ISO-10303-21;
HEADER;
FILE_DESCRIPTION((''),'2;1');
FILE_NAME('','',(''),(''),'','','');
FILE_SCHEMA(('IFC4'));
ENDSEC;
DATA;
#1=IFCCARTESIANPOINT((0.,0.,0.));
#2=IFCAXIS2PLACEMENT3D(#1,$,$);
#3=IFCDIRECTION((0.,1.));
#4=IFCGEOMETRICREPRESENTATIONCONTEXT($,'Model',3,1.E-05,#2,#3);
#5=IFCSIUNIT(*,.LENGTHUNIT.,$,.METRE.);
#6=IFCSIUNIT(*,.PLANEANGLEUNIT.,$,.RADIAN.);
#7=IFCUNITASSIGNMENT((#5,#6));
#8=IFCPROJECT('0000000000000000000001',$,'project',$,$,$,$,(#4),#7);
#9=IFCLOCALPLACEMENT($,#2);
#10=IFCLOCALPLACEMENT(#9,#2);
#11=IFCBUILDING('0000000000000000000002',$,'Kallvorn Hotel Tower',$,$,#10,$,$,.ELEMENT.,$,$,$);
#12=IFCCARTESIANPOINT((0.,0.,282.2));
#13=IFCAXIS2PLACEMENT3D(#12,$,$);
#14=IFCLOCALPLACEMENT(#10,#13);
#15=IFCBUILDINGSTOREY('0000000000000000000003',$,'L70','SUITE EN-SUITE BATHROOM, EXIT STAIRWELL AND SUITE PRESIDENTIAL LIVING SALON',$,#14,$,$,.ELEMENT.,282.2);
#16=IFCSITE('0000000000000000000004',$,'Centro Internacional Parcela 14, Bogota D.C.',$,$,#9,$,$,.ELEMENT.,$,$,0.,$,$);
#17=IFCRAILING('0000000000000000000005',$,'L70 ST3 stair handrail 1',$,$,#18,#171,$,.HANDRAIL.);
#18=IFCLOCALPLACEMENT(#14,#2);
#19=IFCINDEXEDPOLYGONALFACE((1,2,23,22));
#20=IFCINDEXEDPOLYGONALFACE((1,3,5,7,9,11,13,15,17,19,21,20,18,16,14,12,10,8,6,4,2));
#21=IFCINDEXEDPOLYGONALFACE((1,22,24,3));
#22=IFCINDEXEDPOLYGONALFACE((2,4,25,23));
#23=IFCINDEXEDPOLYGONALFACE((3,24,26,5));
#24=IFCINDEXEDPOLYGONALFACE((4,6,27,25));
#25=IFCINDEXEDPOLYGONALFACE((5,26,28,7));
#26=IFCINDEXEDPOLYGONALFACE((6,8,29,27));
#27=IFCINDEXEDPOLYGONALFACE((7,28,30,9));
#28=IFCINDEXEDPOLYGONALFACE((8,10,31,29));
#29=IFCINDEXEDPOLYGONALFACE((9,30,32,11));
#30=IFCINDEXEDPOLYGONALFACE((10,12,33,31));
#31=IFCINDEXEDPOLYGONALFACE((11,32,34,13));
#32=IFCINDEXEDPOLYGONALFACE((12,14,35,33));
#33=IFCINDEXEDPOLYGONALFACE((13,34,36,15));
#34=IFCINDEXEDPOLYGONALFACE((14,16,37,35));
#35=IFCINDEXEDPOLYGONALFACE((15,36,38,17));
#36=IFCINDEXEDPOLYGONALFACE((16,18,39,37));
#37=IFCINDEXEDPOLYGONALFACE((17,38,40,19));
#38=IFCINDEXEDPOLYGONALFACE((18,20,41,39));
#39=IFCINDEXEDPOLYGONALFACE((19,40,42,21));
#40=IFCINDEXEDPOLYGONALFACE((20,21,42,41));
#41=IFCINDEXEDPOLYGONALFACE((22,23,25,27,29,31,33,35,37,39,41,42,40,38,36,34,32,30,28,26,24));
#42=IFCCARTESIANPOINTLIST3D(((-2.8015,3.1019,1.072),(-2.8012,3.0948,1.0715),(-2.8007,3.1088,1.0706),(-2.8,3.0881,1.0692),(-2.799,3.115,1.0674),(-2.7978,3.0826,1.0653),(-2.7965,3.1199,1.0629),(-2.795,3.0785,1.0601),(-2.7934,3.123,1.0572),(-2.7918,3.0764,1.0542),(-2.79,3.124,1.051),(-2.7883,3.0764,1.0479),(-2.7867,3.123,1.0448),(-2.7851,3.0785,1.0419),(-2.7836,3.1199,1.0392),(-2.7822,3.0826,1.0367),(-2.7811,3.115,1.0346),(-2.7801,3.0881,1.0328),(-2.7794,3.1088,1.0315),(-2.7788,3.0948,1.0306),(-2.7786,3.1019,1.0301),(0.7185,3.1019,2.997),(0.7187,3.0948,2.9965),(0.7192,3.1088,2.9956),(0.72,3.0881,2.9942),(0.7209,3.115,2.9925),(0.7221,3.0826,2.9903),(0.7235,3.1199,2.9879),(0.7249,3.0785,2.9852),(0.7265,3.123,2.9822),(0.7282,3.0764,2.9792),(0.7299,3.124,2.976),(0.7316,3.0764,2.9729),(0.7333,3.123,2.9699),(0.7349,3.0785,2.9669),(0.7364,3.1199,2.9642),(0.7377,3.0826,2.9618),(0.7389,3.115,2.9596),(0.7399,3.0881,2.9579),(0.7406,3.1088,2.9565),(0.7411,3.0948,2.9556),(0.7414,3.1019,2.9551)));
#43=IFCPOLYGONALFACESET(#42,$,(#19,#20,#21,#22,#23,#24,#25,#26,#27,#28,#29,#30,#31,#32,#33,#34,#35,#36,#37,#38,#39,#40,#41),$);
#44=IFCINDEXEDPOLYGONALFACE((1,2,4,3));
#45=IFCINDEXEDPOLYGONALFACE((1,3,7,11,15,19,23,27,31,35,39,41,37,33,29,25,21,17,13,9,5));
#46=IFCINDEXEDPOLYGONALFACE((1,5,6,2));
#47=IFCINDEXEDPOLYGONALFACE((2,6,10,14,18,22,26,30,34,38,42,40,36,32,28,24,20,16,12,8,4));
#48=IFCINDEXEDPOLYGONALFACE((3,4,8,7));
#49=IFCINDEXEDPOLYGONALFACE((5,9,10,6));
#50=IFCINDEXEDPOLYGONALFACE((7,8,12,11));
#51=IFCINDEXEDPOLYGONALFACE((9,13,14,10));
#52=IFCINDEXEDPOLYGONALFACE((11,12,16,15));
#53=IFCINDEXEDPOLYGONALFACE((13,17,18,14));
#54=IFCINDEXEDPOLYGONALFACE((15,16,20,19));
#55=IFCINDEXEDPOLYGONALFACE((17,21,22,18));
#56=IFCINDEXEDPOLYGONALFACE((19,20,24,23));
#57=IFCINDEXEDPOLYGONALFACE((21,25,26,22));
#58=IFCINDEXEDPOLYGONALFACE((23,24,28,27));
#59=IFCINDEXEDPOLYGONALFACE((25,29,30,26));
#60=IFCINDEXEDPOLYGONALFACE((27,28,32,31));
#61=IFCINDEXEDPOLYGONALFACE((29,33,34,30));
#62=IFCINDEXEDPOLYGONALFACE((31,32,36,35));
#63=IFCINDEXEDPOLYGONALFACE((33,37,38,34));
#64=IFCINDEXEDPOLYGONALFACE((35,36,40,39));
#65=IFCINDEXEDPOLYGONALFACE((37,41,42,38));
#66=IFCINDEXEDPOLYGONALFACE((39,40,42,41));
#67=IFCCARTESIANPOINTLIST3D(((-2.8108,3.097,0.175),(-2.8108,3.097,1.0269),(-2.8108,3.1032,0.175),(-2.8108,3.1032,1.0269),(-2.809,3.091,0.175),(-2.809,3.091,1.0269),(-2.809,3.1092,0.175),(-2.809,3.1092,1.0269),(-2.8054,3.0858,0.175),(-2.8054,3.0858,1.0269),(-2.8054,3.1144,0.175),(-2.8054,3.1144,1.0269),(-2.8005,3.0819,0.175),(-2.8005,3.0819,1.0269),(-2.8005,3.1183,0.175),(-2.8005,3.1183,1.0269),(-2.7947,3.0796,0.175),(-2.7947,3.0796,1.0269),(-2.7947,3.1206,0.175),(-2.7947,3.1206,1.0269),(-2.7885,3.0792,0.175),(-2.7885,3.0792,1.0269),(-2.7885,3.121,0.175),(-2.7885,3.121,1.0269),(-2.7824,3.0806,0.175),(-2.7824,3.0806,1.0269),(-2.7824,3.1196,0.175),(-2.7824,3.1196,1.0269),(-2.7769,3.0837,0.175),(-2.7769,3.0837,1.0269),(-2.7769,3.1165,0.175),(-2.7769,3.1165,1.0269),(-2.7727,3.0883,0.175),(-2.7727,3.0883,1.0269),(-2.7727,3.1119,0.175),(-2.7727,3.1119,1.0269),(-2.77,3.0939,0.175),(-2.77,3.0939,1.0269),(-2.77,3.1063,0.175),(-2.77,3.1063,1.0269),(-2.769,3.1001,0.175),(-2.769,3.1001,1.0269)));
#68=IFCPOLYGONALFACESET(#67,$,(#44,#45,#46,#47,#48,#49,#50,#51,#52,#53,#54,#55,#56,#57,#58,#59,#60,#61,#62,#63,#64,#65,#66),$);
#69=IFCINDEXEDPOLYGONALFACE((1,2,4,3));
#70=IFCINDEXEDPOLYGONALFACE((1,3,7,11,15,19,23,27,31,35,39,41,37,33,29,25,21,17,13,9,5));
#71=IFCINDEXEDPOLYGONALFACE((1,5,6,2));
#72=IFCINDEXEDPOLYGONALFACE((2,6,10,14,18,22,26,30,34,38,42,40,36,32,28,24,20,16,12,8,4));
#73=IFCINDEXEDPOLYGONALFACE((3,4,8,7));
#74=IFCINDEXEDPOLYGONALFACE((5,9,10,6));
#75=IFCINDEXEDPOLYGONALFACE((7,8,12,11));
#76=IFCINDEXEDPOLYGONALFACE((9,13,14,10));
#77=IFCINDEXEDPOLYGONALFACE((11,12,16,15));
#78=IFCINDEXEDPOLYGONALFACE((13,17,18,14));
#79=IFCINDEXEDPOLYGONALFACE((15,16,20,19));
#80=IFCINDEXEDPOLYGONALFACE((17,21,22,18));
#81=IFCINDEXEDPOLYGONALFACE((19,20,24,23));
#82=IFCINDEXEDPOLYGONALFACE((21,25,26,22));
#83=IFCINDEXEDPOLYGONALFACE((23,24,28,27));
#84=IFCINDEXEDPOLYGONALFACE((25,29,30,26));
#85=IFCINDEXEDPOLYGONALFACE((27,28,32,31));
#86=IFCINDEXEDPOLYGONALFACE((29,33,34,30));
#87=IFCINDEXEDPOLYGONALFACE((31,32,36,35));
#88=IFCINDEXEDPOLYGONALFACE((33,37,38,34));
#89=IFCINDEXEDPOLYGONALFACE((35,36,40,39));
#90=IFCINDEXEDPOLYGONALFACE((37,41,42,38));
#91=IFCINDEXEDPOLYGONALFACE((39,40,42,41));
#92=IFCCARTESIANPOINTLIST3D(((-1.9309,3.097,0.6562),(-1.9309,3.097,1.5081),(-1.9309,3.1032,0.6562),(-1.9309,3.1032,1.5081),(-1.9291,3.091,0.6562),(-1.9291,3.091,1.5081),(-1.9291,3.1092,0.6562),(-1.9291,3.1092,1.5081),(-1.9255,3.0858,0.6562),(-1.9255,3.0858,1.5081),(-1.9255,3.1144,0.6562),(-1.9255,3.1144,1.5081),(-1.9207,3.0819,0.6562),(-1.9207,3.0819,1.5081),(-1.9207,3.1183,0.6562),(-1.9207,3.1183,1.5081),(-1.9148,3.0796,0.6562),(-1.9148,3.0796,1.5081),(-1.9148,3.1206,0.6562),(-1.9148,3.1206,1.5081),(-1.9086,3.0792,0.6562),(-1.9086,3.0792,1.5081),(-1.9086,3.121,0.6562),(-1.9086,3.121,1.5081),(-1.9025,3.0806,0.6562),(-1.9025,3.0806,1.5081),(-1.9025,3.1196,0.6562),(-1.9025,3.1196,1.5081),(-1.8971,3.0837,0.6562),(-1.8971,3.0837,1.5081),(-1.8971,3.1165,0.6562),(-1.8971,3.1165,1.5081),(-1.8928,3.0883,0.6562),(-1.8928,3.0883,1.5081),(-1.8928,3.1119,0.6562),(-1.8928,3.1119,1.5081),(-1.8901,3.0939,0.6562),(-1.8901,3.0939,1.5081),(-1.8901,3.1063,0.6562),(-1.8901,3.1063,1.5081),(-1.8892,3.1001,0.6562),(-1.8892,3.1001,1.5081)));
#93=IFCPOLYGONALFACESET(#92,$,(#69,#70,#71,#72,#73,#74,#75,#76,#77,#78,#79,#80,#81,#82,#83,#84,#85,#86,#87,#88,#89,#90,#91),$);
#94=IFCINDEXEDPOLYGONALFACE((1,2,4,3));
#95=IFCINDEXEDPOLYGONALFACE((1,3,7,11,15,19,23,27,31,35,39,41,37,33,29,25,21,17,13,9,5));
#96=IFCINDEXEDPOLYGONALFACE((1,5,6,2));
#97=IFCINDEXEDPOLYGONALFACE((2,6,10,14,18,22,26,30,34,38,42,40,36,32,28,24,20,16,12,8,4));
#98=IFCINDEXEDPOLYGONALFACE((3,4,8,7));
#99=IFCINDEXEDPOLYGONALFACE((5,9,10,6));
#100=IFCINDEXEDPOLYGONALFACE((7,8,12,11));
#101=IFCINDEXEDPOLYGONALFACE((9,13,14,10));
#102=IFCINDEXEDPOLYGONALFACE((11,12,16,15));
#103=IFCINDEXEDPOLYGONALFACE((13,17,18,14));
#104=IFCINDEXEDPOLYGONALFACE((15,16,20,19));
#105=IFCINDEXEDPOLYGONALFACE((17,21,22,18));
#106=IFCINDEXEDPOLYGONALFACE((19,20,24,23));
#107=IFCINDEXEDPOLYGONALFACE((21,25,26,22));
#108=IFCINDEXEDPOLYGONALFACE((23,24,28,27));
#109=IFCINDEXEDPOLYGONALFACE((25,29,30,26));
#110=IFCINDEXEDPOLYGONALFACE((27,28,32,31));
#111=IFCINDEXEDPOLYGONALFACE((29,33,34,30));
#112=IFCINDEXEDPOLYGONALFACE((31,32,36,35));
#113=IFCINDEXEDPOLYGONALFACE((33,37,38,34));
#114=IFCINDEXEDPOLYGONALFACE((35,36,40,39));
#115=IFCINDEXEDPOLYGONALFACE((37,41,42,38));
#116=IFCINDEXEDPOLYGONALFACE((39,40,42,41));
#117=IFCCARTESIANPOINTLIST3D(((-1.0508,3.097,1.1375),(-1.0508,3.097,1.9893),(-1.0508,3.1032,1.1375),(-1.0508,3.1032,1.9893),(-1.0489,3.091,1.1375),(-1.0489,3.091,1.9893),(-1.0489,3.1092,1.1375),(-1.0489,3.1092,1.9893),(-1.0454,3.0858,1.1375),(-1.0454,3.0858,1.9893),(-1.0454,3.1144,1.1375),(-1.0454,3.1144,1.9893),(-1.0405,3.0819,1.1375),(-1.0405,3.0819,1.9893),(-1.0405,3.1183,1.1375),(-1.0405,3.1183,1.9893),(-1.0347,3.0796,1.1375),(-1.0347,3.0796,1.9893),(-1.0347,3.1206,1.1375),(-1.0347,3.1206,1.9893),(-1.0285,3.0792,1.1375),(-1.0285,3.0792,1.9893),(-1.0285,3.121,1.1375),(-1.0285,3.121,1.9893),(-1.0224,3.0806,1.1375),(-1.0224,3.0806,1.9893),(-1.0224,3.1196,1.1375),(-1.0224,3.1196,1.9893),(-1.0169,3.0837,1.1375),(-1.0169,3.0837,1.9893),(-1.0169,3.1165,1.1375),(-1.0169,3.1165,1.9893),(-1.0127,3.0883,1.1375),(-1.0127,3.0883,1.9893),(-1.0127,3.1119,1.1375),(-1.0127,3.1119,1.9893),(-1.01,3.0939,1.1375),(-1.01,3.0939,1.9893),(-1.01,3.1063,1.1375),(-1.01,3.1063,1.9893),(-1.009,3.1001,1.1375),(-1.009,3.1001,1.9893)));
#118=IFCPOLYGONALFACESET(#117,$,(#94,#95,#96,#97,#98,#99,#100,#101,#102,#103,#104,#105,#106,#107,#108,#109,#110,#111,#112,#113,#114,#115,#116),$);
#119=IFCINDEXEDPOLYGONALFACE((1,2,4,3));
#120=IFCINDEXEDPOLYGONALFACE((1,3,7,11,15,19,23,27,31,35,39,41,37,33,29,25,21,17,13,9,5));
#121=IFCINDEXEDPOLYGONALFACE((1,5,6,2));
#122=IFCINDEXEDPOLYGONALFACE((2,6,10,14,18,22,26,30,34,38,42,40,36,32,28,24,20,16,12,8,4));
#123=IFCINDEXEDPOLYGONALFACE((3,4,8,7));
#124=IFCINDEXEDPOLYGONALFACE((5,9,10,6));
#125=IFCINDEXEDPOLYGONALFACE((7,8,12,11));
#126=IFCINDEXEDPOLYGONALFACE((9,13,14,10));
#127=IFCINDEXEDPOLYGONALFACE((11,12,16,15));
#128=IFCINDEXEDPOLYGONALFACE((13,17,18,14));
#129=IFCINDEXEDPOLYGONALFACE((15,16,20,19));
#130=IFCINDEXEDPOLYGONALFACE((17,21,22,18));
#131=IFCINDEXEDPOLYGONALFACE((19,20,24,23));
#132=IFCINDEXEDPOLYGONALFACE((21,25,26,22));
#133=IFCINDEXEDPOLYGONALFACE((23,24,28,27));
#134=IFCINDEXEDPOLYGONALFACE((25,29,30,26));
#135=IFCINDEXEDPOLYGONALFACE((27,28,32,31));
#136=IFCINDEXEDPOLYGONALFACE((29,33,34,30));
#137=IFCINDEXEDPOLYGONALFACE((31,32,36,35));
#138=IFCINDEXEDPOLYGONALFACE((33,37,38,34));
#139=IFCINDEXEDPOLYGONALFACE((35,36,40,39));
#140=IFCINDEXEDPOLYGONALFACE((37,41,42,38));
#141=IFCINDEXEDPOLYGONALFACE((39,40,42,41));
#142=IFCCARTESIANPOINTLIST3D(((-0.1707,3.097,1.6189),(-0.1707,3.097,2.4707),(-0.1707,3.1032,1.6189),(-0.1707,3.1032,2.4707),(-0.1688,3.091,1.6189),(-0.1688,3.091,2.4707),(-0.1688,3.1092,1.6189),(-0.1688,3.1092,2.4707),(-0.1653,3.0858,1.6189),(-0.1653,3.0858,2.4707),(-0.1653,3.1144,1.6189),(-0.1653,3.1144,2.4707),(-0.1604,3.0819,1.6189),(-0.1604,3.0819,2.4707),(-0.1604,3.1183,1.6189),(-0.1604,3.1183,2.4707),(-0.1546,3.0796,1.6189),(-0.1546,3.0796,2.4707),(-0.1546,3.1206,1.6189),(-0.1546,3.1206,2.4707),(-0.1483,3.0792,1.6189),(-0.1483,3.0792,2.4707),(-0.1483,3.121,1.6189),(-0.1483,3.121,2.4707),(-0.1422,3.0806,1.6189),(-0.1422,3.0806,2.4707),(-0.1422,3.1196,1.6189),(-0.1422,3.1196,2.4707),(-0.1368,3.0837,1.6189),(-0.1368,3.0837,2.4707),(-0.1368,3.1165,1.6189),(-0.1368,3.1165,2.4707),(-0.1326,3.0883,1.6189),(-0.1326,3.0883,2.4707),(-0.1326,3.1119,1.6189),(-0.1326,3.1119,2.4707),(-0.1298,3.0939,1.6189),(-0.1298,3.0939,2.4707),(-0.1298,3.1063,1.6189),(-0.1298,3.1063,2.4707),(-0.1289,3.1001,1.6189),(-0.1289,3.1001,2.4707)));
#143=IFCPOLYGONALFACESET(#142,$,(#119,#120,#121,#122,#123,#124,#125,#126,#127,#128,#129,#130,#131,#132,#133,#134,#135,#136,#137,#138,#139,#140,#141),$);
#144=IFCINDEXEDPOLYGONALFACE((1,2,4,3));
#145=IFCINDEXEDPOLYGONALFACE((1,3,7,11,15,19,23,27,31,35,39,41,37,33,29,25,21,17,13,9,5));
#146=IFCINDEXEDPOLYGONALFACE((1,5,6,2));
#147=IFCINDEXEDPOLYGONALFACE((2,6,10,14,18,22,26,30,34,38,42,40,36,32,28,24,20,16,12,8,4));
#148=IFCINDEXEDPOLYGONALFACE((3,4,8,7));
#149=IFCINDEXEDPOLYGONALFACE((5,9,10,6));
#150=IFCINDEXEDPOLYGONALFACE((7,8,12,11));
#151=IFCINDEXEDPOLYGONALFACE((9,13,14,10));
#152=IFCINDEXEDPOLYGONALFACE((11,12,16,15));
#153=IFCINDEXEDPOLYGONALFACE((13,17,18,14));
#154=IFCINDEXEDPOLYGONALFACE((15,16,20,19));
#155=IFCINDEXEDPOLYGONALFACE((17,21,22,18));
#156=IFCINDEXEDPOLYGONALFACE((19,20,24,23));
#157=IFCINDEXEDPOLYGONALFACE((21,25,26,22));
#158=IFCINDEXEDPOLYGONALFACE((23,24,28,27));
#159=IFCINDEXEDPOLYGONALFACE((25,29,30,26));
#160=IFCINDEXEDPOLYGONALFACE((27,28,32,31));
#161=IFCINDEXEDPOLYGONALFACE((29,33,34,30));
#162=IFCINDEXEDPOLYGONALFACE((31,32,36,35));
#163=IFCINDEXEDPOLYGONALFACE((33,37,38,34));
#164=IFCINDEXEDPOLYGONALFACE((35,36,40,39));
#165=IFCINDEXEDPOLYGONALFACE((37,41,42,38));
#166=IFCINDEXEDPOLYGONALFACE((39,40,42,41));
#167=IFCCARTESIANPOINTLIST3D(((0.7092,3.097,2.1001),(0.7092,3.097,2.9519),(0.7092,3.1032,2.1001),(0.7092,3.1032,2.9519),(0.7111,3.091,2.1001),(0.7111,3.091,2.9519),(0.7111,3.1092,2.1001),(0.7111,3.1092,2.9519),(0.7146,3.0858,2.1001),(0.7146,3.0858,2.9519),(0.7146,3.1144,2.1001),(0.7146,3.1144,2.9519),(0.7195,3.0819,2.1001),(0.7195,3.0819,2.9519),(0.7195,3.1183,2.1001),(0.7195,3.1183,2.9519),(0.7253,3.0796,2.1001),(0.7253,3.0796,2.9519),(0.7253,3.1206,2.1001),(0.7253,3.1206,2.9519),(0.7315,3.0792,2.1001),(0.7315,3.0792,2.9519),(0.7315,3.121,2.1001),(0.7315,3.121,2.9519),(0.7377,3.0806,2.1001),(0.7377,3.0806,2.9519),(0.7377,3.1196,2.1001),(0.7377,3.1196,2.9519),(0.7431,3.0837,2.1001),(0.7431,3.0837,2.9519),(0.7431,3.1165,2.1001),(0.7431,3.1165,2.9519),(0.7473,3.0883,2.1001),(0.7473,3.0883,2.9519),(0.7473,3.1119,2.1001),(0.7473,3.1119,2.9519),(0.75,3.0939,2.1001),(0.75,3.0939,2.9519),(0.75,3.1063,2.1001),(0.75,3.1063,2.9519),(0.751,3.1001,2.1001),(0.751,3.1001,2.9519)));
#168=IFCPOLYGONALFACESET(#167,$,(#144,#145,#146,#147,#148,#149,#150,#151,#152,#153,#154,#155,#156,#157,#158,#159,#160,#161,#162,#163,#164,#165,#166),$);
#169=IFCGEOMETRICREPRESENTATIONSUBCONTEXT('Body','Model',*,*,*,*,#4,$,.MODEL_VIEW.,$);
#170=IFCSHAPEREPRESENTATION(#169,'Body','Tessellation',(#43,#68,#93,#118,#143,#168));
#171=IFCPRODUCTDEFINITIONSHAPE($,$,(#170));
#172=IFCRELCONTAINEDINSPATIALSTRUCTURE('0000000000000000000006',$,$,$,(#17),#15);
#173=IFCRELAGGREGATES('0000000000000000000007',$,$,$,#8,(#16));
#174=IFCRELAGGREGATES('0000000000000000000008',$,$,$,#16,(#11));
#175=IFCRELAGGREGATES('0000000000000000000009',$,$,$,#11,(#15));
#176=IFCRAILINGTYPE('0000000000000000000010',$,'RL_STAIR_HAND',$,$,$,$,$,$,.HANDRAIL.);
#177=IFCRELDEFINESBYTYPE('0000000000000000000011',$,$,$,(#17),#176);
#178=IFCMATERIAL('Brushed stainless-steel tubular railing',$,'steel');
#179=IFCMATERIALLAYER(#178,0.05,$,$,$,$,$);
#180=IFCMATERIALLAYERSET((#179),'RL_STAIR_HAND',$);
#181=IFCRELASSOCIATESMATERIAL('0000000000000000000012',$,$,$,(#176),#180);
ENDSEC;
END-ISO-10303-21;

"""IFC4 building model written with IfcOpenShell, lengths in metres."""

from ifc_helpers import new_model, si_unit, direction, frame, origin, origin_2d, place, context, subcontext, project, spatial, circle, extrude, material, layer, layer_set, type_object, element, save


model = new_model("IFC4")

# Units and contexts
model_context = context("Model", 3, precision=1e-05, world=origin(), true_north=direction((0.0, 1.0)))
body_context = subcontext(model_context, "Body", "Model", "MODEL_VIEW")
ifc_project = project(units=[si_unit("LENGTHUNIT", "METRE"), si_unit("PLANEANGLEUNIT", "RADIAN")], contexts=[model_context])

# Site, building, storey
site_placement = place(None, origin())
site = spatial("IfcSite", under=ifc_project, at=site_placement, Name="Centro Internacional Parcela 14, Bogota D.C.", CompositionType="ELEMENT", RefElevation=0.0)
building_placement = place(site_placement, origin())
building = spatial("IfcBuilding", under=site, at=building_placement, Name="Kallvorn Hotel Tower", CompositionType="ELEMENT")
storey_placement = place(building_placement, frame((0.0, 0.0, 282.2)))
storey = spatial("IfcBuildingStorey", under=building, at=storey_placement, Name="L70", Description="SUITE EN-SUITE BATHROOM, EXIT STAIRWELL AND SUITE PRESIDENTIAL LIVING SALON", CompositionType="ELEMENT", Elevation=282.2)

# Railing
ifc_material_1 = material(Name="Brushed stainless-steel tubular railing", Category="steel")
ifc_layer_1 = layer(ifc_material_1, 0.05)
ifc_layer_set_1 = layer_set([ifc_layer_1], Name="RL_STAIR_HAND")
railing_type_1 = type_object("IfcRailingType", Name="RL_STAIR_HAND", PredefinedType="HANDRAIL", material=ifc_layer_set_1)
railing_1_placement = place(storey_placement, frame((-2.79, 3.1001, 0.175)))
element("IfcRailing", 1, at=railing_1_placement, inside=storey, type_object=railing_type_1, Name="L70 ST3 stair handrail 1", PredefinedType="HANDRAIL", context=body_context, shape_type="SweptSolid", body=[
    extrude(circle(Radius=0.0239, at=origin_2d()), frame((0.0, 0.0, 0.876), z_axis=(0.877367, 0.0, 0.47982), x_axis=(0.0, 1.0, 0.0)), (0.0, 0.0, 1.0), 4.012),
    extrude(circle(Radius=0.021, at=origin_2d()), origin(), (0.0, 0.0, 1.0), 0.8518),
    extrude(circle(Radius=0.021, at=origin_2d()), frame((0.8799, 0.0, 0.4812)), (0.0, 0.0, 1.0), 0.8518),
    extrude(circle(Radius=0.021, at=origin_2d()), frame((1.76, 0.0, 0.9624)), (0.0, 0.0, 1.0), 0.8518),
    extrude(circle(Radius=0.021, at=origin_2d()), frame((2.6401, 0.0, 1.4438)), (0.0, 0.0, 1.0), 0.8518),
    extrude(circle(Radius=0.021, at=origin_2d()), frame((3.52, 0.0, 1.925)), (0.0, 0.0, 1.0), 0.8518),
])

save(model, "model.ifc")
